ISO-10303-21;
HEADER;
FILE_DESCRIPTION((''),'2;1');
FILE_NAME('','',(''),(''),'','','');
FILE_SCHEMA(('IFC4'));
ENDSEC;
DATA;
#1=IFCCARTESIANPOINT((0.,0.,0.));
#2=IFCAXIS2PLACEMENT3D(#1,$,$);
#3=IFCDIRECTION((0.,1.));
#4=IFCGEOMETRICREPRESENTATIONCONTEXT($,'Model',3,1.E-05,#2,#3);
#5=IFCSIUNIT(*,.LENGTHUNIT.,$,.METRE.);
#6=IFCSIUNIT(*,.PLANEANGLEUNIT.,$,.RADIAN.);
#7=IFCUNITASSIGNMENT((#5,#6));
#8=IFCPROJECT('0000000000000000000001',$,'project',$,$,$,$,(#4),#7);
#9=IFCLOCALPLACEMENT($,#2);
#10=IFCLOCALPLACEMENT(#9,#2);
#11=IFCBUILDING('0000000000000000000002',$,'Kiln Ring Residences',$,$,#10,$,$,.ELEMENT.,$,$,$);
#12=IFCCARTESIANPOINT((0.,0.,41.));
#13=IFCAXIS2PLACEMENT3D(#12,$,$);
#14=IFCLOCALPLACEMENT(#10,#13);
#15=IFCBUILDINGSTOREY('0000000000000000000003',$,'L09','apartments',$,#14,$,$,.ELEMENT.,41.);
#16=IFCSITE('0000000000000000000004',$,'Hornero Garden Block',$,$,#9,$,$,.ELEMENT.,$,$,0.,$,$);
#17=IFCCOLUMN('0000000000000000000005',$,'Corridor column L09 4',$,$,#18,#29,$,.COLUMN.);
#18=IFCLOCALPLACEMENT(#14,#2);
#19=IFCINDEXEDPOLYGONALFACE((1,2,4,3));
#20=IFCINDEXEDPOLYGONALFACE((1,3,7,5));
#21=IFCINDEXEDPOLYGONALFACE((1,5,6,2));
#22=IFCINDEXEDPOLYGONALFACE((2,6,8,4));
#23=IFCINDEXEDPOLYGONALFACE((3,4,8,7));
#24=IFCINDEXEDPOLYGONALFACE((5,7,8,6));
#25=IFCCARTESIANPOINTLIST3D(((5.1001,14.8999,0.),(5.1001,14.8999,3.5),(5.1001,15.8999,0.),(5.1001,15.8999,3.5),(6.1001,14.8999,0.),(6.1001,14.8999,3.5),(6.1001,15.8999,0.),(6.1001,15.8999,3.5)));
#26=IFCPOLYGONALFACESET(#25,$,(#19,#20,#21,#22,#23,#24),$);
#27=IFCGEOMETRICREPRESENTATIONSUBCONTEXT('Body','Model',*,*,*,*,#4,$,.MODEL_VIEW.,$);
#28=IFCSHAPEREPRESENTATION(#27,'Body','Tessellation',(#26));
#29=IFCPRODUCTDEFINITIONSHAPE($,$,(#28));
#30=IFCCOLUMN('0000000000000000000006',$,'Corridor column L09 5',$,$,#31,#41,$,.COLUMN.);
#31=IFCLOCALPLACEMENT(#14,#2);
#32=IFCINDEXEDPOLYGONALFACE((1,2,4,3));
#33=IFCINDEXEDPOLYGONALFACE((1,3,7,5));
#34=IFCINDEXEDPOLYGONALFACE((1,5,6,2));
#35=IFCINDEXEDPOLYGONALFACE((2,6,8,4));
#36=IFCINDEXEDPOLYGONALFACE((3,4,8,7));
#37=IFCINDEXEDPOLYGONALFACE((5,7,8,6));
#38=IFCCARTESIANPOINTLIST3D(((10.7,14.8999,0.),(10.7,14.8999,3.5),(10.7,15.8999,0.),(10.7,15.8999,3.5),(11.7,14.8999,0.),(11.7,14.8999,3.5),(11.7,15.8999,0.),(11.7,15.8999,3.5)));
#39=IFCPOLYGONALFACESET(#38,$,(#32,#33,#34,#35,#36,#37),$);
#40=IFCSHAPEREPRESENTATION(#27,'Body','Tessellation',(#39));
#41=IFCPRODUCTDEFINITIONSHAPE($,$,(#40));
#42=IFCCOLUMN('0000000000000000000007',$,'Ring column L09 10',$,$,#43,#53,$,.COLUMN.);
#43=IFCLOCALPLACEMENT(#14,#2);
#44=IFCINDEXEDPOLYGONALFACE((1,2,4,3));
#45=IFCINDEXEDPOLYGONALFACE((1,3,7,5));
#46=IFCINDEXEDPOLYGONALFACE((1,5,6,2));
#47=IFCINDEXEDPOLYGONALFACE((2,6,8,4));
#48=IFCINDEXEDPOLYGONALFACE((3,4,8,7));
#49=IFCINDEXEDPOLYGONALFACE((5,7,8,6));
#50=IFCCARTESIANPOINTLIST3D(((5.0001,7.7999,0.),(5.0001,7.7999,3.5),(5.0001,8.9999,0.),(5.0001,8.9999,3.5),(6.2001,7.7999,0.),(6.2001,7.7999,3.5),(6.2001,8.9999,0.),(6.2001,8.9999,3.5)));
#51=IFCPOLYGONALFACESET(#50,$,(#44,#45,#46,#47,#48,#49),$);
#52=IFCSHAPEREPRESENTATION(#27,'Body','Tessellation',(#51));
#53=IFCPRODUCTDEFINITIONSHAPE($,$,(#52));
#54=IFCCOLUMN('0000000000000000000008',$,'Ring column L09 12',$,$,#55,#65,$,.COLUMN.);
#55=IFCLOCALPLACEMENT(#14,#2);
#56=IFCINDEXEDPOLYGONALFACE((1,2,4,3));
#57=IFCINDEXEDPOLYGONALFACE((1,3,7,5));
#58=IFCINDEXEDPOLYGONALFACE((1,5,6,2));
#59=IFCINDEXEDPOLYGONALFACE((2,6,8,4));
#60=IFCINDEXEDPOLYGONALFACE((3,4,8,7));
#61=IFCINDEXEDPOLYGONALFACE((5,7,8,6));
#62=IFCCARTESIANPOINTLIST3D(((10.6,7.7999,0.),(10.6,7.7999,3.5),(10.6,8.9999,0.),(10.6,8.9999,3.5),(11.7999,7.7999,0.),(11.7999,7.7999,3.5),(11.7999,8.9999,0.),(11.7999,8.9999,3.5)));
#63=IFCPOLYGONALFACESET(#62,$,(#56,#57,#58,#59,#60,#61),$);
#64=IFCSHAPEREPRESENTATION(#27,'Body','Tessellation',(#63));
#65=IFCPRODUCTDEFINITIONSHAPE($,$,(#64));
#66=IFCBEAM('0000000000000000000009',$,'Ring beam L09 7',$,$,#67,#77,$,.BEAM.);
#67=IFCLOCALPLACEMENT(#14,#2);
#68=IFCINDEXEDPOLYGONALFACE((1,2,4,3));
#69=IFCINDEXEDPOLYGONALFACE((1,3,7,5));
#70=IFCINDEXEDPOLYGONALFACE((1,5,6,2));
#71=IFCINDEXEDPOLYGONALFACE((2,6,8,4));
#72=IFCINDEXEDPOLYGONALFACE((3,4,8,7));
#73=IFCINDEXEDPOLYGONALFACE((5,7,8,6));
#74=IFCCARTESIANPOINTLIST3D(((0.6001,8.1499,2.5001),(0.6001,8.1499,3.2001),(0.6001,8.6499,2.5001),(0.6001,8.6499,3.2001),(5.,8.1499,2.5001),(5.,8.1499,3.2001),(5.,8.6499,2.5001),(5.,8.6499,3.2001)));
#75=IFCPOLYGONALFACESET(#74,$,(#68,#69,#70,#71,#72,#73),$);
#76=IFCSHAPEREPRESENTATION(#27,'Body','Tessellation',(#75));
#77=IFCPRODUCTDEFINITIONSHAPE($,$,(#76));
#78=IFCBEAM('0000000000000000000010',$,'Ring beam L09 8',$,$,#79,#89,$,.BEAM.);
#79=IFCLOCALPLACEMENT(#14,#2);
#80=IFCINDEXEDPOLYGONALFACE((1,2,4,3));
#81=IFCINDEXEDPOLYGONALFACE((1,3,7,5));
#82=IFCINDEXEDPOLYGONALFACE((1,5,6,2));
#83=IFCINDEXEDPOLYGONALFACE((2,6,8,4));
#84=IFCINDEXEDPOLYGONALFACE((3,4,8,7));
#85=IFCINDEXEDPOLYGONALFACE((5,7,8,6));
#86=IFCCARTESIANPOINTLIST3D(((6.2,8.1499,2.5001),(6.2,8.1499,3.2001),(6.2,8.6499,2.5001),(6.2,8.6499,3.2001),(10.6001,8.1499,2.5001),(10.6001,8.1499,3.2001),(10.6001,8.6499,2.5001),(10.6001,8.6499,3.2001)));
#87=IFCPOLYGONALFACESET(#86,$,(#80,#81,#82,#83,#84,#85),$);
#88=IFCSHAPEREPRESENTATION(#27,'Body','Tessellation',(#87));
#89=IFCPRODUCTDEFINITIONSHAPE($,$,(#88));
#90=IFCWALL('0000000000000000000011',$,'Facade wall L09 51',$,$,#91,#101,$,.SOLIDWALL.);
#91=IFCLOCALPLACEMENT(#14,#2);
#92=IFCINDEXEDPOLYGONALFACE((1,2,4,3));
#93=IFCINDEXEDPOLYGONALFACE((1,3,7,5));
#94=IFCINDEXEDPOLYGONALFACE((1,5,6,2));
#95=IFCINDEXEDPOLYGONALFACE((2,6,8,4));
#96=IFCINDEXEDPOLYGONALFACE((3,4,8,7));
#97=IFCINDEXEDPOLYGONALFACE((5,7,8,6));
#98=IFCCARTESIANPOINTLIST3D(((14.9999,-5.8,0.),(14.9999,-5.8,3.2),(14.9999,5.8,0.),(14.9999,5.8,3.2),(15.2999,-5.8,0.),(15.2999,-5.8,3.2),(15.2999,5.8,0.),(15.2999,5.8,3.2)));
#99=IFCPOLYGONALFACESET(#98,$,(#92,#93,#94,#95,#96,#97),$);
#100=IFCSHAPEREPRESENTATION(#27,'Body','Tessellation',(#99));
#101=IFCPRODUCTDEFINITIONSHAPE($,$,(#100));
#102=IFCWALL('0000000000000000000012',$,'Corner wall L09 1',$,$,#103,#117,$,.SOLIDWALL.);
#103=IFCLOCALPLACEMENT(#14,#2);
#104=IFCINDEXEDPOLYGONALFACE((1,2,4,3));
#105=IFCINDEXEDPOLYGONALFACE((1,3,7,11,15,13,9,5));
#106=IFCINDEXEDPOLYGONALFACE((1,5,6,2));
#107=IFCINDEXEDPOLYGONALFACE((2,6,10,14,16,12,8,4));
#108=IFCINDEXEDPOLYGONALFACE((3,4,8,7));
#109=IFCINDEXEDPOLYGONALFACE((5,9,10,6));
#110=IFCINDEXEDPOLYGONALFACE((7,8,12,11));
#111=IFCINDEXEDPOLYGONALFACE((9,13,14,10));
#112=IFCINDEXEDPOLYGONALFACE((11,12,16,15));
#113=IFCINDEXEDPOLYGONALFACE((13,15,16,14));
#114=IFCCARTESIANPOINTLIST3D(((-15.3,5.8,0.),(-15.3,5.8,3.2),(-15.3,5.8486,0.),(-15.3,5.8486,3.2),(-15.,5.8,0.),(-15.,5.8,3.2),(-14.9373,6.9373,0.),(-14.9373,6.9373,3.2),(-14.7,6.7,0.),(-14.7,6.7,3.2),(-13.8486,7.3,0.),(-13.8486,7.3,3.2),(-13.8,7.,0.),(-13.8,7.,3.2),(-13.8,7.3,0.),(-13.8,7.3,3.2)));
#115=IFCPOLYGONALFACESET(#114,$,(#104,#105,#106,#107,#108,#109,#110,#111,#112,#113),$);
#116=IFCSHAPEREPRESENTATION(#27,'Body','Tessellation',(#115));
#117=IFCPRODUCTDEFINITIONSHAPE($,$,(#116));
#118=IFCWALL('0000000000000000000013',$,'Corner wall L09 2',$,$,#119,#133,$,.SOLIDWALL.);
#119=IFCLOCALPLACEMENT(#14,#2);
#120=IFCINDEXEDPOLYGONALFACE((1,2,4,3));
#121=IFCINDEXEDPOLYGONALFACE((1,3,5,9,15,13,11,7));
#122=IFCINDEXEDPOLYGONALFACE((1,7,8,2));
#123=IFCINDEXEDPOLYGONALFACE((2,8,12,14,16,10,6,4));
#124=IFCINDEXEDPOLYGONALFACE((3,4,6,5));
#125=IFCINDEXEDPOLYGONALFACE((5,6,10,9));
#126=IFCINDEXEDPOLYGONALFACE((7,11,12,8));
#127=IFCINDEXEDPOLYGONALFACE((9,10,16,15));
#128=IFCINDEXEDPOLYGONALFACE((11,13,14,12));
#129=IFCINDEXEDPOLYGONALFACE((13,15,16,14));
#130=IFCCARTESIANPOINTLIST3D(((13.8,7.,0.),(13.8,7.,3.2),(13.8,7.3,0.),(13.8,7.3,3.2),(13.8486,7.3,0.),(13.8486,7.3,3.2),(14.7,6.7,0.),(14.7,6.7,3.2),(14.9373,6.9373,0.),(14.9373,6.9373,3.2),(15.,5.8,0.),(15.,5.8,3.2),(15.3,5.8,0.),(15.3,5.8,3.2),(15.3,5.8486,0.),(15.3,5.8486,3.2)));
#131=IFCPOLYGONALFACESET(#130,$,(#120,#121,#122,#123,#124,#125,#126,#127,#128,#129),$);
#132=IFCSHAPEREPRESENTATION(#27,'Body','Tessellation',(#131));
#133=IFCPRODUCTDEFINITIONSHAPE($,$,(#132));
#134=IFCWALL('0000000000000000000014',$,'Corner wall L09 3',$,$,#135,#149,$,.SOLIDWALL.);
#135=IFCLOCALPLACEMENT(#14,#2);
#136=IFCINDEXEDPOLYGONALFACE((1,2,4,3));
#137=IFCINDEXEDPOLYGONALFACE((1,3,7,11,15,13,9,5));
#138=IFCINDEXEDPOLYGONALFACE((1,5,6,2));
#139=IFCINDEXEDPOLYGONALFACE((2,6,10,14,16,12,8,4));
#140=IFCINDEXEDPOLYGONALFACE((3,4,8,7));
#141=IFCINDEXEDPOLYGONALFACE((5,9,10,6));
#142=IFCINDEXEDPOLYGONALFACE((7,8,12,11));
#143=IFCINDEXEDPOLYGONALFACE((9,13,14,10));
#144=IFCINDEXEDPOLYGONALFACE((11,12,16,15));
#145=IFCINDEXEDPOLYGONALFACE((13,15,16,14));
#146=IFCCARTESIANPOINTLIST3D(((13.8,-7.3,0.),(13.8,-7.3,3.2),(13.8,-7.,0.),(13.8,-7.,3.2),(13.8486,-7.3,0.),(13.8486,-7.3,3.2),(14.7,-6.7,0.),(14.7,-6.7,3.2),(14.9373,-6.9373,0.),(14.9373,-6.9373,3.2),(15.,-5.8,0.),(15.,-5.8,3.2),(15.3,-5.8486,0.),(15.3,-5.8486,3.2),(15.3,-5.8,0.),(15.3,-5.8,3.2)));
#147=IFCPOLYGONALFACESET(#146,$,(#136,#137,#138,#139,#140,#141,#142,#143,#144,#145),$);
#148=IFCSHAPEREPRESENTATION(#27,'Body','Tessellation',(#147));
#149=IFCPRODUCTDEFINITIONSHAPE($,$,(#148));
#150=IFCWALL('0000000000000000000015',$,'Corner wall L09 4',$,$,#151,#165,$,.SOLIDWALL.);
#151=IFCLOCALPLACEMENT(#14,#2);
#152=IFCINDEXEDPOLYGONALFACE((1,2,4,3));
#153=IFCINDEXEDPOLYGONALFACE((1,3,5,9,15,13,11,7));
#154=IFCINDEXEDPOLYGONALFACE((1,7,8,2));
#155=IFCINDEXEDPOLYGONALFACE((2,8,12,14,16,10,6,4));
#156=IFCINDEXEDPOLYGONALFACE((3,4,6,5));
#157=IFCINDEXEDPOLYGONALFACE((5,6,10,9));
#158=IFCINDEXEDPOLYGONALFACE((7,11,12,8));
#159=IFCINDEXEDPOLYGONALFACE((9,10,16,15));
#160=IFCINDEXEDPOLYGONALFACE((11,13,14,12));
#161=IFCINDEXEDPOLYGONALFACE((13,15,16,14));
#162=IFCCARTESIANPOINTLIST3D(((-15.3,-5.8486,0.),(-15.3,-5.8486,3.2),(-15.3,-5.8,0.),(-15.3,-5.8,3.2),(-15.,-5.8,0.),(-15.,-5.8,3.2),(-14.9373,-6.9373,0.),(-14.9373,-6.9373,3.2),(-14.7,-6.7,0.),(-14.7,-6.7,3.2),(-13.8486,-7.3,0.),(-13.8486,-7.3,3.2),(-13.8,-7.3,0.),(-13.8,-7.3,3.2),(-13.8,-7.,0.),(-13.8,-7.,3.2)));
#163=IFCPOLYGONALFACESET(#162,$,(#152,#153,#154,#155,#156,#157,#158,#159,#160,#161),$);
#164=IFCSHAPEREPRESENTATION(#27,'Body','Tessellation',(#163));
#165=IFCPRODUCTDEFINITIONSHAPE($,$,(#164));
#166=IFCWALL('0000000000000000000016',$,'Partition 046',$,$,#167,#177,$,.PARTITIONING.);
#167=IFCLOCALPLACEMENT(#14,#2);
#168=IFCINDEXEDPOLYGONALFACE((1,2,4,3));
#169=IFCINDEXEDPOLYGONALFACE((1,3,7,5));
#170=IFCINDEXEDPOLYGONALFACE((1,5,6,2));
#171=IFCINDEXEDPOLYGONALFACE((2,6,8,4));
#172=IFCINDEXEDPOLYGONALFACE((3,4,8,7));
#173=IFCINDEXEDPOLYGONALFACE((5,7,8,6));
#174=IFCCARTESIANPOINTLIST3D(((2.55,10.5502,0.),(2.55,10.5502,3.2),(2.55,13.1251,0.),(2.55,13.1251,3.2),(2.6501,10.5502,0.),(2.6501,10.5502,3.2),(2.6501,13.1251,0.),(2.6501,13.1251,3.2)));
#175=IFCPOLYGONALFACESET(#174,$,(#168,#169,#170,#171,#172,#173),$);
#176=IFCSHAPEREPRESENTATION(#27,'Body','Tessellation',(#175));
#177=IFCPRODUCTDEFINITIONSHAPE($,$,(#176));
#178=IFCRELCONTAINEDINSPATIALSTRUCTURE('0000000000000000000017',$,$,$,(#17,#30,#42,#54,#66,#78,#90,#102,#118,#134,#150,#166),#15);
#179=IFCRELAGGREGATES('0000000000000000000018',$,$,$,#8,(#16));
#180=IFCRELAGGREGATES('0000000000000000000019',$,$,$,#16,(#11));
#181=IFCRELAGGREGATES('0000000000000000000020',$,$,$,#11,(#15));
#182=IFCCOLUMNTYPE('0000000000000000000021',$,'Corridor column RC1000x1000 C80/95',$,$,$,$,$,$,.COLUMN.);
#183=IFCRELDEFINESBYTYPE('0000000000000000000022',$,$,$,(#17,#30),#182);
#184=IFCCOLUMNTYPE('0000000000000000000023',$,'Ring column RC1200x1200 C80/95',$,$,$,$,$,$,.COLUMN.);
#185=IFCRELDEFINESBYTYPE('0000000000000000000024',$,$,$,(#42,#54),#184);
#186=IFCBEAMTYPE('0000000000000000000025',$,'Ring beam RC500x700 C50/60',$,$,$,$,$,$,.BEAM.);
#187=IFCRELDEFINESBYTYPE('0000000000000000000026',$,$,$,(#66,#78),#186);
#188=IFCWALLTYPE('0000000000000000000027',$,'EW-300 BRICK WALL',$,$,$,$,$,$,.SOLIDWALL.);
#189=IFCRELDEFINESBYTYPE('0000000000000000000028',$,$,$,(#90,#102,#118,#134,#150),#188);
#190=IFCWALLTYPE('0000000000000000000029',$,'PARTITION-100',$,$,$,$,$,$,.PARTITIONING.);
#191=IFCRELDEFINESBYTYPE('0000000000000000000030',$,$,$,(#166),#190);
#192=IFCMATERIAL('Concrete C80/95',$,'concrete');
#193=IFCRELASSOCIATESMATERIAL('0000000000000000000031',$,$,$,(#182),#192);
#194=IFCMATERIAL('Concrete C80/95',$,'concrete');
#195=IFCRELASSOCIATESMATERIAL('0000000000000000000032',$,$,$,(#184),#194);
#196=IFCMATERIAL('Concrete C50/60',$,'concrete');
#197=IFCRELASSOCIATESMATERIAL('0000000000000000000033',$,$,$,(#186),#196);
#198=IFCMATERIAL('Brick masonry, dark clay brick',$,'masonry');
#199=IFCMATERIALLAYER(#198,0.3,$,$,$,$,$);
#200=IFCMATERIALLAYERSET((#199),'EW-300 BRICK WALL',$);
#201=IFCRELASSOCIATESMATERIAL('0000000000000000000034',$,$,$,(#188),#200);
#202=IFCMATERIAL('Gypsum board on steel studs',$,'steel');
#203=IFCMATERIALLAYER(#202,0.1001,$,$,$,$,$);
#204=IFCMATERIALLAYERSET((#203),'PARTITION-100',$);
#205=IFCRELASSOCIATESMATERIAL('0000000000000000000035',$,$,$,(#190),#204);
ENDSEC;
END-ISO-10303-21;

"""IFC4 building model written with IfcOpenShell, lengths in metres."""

from ifc_helpers import new_model, si_unit, direction, frame, frame_2d, origin, origin_2d, place, context, subcontext, project, spatial, polyline, rectangle, outline, extrude, material, layer, layer_set, material_profile, profile_set, type_object, element, save


model = new_model("IFC4")

# Units and contexts
model_context = context("Model", 3, precision=1e-05, world=origin(), true_north=direction((0.0, 1.0)))
body_context = subcontext(model_context, "Body", "Model", "MODEL_VIEW")
ifc_project = project(units=[si_unit("LENGTHUNIT", "METRE"), si_unit("PLANEANGLEUNIT", "RADIAN")], contexts=[model_context])

# Site, building, storey
site_placement = place(None, origin())
site = spatial("IfcSite", under=ifc_project, at=site_placement, Name="Hornero Garden Block", CompositionType="ELEMENT", RefElevation=0.0)
building_placement = place(site_placement, origin())
building = spatial("IfcBuilding", under=site, at=building_placement, Name="Kiln Ring Residences", CompositionType="ELEMENT")
storey_placement = place(building_placement, frame((0.0, 0.0, 41.0)))
storey = spatial("IfcBuildingStorey", under=building, at=storey_placement, Name="L09", Description="apartments", CompositionType="ELEMENT", Elevation=41.0)

# Columns
ifc_material_1 = material(Name="Concrete C80/95", Category="concrete")
ifc_material_profile_1 = material_profile(ifc_material_1, rectangle(XDim=1.0, YDim=1.0, at=origin_2d()), Name="RC1000x1000")
ifc_profile_set_1 = profile_set([ifc_material_profile_1], Name="Concrete C80/95")
column_type_1 = type_object("IfcColumnType", Name="Corridor column RC1000x1000 C80/95", PredefinedType="COLUMN", material=ifc_profile_set_1)
for number, where, z_axis, x_axis, name in (
    (1, (5.6001, 15.3999, 0.0), (0.0, 0.0, 1.0), (1.0, 0.0, 0.0), "Corridor column L09 4"),
    (2, (11.2, 15.3999, 0.0), (0.0, 0.0, 1.0), (1.0, 0.0, 0.0), "Corridor column L09 5"),
):
    element("IfcColumn", number, at=place(storey_placement, frame(where, z_axis=z_axis, x_axis=x_axis)), inside=storey, type_object=column_type_1, Name=name, PredefinedType="COLUMN", context=body_context, shape_type="SweptSolid", body=[
        extrude(rectangle(XDim=1.0, YDim=1.0, at=origin_2d()), origin(), (0.0, 0.0, 1.0), 3.5),
    ])
ifc_material_2 = material(Name="Concrete C80/95", Category="concrete")
ifc_material_profile_2 = material_profile(ifc_material_2, rectangle(XDim=1.2, YDim=1.2, at=origin_2d()), Name="RC1200x1200")
ifc_profile_set_2 = profile_set([ifc_material_profile_2], Name="Concrete C80/95")
column_type_2 = type_object("IfcColumnType", Name="Ring column RC1200x1200 C80/95", PredefinedType="COLUMN", material=ifc_profile_set_2)
for number, where, z_axis, x_axis, name in (
    (3, (5.6001, 8.3999, 0.0), (0.0, 0.0, 1.0), (1.0, 0.0, 0.0), "Ring column L09 10"),
    (4, (11.2, 8.3999, 0.0), (0.0, 0.0, 1.0), (1.0, 0.0, 0.0), "Ring column L09 12"),
):
    element("IfcColumn", number, at=place(storey_placement, frame(where, z_axis=z_axis, x_axis=x_axis)), inside=storey, type_object=column_type_2, Name=name, PredefinedType="COLUMN", context=body_context, shape_type="SweptSolid", body=[
        extrude(rectangle(XDim=1.2, YDim=1.2, at=origin_2d()), origin(), (0.0, 0.0, 1.0), 3.5),
    ])

# Beams
ifc_material_3 = material(Name="Concrete C50/60", Category="concrete")
ifc_material_profile_3 = material_profile(ifc_material_3, rectangle(XDim=0.5, YDim=0.7, at=origin_2d()), Name="RC500x700")
ifc_profile_set_3 = profile_set([ifc_material_profile_3], Name="Concrete C50/60")
beam_type = type_object("IfcBeamType", Name="Ring beam RC500x700 C50/60", PredefinedType="BEAM", material=ifc_profile_set_3)
beam_1_placement = place(storey_placement, frame((0.6001, 8.3999, 2.8501), z_axis=(1.0, 0.0, 0.0), x_axis=(0.0, 1.0, 0.0)))
element("IfcBeam", 5, at=beam_1_placement, inside=storey, type_object=beam_type, Name="Ring beam L09 7", PredefinedType="BEAM", context=body_context, shape_type="SweptSolid", body=[
    extrude(rectangle(XDim=0.5, YDim=0.7, at=origin_2d()), origin(), (0.0, 0.0, 1.0), 4.3999),
])
beam_2_placement = place(storey_placement, frame((6.2, 8.3999, 2.8501), z_axis=(1.0, 0.0, 0.0), x_axis=(0.0, 1.0, 0.0)))
element("IfcBeam", 6, at=beam_2_placement, inside=storey, type_object=beam_type, Name="Ring beam L09 8", PredefinedType="BEAM", context=body_context, shape_type="SweptSolid", body=[
    extrude(rectangle(XDim=0.5, YDim=0.7, at=origin_2d()), origin(), (0.0, 0.0, 1.0), 4.4001),
])

# Walls
ifc_material_4 = material(Name="Brick masonry, dark clay brick", Category="masonry")
ifc_layer_1 = layer(ifc_material_4, 0.3)
ifc_layer_set_1 = layer_set([ifc_layer_1], Name="EW-300 BRICK WALL")
wall_type_1 = type_object("IfcWallType", Name="EW-300 BRICK WALL", PredefinedType="SOLIDWALL", material=ifc_layer_set_1)
wall_1_placement = place(storey_placement, frame((15.1499, 5.8, 0.0), z_axis=(0.0, 0.0, 1.0), x_axis=(0.0, -1.0, 0.0)))
element("IfcWall", 7, at=wall_1_placement, inside=storey, type_object=wall_type_1, Name="Facade wall L09 51", PredefinedType="SOLIDWALL", context=body_context, shape_type="SweptSolid", body=[
    extrude(rectangle(XDim=11.6001, YDim=0.3, at=frame_2d((5.8, 0.0))), origin(), (0.0, 0.0, 1.0), 3.2),
])
placement = place(storey_placement, origin())
element("IfcWall", 8, at=placement, inside=storey, type_object=wall_type_1, Name="Corner wall L09 1", PredefinedType="SOLIDWALL", context=body_context, shape_type="SweptSolid", body=[
    extrude(outline(polyline([(-13.8486, 7.3), (-14.9373, 6.9373), (-15.3, 5.8486), (-15.3, 5.8), (-15.0, 5.8), (-14.7, 6.7), (-13.8, 7.0), (-13.8, 7.3), (-13.8486, 7.3)])), origin(), (0.0, 0.0, 1.0), 3.2),
])
element("IfcWall", 9, at=placement, inside=storey, type_object=wall_type_1, Name="Corner wall L09 2", PredefinedType="SOLIDWALL", context=body_context, shape_type="SweptSolid", body=[
    extrude(outline(polyline([(14.9373, 6.9373), (13.8486, 7.3), (13.8, 7.3), (13.8, 7.0), (14.7, 6.7), (15.0, 5.8), (15.3, 5.8), (15.3, 5.8486), (14.9373, 6.9373)])), origin(), (0.0, 0.0, 1.0), 3.2),
])
element("IfcWall", 10, at=placement, inside=storey, type_object=wall_type_1, Name="Corner wall L09 3", PredefinedType="SOLIDWALL", context=body_context, shape_type="SweptSolid", body=[
    extrude(outline(polyline([(14.9373, -6.9373), (15.3, -5.8486), (15.3, -5.8), (15.0, -5.8), (14.7, -6.7), (13.8, -7.0), (13.8, -7.3), (13.8486, -7.3), (14.9373, -6.9373)])), origin(), (0.0, 0.0, 1.0), 3.2),
])
element("IfcWall", 11, at=placement, inside=storey, type_object=wall_type_1, Name="Corner wall L09 4", PredefinedType="SOLIDWALL", context=body_context, shape_type="SweptSolid", body=[
    extrude(outline(polyline([(-14.9373, -6.9373), (-13.8486, -7.3), (-13.8, -7.3), (-13.8, -7.0), (-14.7, -6.7), (-15.0, -5.8), (-15.3, -5.8), (-15.3, -5.8486), (-14.9373, -6.9373)])), origin(), (0.0, 0.0, 1.0), 3.2),
])
ifc_material_5 = material(Name="Gypsum board on steel studs", Category="steel")
ifc_layer_2 = layer(ifc_material_5, 0.1001)
ifc_layer_set_2 = layer_set([ifc_layer_2], Name="PARTITION-100")
wall_type_2 = type_object("IfcWallType", Name="PARTITION-100", PredefinedType="PARTITIONING", material=ifc_layer_set_2)
wall_2_placement = place(storey_placement, frame((2.6001, 10.55, 0.0), z_axis=(0.0, 0.0, 1.0), x_axis=(0.0, 1.0, 0.0)))
element("IfcWall", 12, at=wall_2_placement, inside=storey, type_object=wall_type_2, Name="Partition 046", PredefinedType="PARTITIONING", context=body_context, shape_type="SweptSolid", body=[
    extrude(rectangle(XDim=2.575, YDim=0.1001, at=frame_2d((1.2876, 0.0))), origin(), (0.0, 0.0, 1.0), 3.2),
])

save(model, "model.ifc")
